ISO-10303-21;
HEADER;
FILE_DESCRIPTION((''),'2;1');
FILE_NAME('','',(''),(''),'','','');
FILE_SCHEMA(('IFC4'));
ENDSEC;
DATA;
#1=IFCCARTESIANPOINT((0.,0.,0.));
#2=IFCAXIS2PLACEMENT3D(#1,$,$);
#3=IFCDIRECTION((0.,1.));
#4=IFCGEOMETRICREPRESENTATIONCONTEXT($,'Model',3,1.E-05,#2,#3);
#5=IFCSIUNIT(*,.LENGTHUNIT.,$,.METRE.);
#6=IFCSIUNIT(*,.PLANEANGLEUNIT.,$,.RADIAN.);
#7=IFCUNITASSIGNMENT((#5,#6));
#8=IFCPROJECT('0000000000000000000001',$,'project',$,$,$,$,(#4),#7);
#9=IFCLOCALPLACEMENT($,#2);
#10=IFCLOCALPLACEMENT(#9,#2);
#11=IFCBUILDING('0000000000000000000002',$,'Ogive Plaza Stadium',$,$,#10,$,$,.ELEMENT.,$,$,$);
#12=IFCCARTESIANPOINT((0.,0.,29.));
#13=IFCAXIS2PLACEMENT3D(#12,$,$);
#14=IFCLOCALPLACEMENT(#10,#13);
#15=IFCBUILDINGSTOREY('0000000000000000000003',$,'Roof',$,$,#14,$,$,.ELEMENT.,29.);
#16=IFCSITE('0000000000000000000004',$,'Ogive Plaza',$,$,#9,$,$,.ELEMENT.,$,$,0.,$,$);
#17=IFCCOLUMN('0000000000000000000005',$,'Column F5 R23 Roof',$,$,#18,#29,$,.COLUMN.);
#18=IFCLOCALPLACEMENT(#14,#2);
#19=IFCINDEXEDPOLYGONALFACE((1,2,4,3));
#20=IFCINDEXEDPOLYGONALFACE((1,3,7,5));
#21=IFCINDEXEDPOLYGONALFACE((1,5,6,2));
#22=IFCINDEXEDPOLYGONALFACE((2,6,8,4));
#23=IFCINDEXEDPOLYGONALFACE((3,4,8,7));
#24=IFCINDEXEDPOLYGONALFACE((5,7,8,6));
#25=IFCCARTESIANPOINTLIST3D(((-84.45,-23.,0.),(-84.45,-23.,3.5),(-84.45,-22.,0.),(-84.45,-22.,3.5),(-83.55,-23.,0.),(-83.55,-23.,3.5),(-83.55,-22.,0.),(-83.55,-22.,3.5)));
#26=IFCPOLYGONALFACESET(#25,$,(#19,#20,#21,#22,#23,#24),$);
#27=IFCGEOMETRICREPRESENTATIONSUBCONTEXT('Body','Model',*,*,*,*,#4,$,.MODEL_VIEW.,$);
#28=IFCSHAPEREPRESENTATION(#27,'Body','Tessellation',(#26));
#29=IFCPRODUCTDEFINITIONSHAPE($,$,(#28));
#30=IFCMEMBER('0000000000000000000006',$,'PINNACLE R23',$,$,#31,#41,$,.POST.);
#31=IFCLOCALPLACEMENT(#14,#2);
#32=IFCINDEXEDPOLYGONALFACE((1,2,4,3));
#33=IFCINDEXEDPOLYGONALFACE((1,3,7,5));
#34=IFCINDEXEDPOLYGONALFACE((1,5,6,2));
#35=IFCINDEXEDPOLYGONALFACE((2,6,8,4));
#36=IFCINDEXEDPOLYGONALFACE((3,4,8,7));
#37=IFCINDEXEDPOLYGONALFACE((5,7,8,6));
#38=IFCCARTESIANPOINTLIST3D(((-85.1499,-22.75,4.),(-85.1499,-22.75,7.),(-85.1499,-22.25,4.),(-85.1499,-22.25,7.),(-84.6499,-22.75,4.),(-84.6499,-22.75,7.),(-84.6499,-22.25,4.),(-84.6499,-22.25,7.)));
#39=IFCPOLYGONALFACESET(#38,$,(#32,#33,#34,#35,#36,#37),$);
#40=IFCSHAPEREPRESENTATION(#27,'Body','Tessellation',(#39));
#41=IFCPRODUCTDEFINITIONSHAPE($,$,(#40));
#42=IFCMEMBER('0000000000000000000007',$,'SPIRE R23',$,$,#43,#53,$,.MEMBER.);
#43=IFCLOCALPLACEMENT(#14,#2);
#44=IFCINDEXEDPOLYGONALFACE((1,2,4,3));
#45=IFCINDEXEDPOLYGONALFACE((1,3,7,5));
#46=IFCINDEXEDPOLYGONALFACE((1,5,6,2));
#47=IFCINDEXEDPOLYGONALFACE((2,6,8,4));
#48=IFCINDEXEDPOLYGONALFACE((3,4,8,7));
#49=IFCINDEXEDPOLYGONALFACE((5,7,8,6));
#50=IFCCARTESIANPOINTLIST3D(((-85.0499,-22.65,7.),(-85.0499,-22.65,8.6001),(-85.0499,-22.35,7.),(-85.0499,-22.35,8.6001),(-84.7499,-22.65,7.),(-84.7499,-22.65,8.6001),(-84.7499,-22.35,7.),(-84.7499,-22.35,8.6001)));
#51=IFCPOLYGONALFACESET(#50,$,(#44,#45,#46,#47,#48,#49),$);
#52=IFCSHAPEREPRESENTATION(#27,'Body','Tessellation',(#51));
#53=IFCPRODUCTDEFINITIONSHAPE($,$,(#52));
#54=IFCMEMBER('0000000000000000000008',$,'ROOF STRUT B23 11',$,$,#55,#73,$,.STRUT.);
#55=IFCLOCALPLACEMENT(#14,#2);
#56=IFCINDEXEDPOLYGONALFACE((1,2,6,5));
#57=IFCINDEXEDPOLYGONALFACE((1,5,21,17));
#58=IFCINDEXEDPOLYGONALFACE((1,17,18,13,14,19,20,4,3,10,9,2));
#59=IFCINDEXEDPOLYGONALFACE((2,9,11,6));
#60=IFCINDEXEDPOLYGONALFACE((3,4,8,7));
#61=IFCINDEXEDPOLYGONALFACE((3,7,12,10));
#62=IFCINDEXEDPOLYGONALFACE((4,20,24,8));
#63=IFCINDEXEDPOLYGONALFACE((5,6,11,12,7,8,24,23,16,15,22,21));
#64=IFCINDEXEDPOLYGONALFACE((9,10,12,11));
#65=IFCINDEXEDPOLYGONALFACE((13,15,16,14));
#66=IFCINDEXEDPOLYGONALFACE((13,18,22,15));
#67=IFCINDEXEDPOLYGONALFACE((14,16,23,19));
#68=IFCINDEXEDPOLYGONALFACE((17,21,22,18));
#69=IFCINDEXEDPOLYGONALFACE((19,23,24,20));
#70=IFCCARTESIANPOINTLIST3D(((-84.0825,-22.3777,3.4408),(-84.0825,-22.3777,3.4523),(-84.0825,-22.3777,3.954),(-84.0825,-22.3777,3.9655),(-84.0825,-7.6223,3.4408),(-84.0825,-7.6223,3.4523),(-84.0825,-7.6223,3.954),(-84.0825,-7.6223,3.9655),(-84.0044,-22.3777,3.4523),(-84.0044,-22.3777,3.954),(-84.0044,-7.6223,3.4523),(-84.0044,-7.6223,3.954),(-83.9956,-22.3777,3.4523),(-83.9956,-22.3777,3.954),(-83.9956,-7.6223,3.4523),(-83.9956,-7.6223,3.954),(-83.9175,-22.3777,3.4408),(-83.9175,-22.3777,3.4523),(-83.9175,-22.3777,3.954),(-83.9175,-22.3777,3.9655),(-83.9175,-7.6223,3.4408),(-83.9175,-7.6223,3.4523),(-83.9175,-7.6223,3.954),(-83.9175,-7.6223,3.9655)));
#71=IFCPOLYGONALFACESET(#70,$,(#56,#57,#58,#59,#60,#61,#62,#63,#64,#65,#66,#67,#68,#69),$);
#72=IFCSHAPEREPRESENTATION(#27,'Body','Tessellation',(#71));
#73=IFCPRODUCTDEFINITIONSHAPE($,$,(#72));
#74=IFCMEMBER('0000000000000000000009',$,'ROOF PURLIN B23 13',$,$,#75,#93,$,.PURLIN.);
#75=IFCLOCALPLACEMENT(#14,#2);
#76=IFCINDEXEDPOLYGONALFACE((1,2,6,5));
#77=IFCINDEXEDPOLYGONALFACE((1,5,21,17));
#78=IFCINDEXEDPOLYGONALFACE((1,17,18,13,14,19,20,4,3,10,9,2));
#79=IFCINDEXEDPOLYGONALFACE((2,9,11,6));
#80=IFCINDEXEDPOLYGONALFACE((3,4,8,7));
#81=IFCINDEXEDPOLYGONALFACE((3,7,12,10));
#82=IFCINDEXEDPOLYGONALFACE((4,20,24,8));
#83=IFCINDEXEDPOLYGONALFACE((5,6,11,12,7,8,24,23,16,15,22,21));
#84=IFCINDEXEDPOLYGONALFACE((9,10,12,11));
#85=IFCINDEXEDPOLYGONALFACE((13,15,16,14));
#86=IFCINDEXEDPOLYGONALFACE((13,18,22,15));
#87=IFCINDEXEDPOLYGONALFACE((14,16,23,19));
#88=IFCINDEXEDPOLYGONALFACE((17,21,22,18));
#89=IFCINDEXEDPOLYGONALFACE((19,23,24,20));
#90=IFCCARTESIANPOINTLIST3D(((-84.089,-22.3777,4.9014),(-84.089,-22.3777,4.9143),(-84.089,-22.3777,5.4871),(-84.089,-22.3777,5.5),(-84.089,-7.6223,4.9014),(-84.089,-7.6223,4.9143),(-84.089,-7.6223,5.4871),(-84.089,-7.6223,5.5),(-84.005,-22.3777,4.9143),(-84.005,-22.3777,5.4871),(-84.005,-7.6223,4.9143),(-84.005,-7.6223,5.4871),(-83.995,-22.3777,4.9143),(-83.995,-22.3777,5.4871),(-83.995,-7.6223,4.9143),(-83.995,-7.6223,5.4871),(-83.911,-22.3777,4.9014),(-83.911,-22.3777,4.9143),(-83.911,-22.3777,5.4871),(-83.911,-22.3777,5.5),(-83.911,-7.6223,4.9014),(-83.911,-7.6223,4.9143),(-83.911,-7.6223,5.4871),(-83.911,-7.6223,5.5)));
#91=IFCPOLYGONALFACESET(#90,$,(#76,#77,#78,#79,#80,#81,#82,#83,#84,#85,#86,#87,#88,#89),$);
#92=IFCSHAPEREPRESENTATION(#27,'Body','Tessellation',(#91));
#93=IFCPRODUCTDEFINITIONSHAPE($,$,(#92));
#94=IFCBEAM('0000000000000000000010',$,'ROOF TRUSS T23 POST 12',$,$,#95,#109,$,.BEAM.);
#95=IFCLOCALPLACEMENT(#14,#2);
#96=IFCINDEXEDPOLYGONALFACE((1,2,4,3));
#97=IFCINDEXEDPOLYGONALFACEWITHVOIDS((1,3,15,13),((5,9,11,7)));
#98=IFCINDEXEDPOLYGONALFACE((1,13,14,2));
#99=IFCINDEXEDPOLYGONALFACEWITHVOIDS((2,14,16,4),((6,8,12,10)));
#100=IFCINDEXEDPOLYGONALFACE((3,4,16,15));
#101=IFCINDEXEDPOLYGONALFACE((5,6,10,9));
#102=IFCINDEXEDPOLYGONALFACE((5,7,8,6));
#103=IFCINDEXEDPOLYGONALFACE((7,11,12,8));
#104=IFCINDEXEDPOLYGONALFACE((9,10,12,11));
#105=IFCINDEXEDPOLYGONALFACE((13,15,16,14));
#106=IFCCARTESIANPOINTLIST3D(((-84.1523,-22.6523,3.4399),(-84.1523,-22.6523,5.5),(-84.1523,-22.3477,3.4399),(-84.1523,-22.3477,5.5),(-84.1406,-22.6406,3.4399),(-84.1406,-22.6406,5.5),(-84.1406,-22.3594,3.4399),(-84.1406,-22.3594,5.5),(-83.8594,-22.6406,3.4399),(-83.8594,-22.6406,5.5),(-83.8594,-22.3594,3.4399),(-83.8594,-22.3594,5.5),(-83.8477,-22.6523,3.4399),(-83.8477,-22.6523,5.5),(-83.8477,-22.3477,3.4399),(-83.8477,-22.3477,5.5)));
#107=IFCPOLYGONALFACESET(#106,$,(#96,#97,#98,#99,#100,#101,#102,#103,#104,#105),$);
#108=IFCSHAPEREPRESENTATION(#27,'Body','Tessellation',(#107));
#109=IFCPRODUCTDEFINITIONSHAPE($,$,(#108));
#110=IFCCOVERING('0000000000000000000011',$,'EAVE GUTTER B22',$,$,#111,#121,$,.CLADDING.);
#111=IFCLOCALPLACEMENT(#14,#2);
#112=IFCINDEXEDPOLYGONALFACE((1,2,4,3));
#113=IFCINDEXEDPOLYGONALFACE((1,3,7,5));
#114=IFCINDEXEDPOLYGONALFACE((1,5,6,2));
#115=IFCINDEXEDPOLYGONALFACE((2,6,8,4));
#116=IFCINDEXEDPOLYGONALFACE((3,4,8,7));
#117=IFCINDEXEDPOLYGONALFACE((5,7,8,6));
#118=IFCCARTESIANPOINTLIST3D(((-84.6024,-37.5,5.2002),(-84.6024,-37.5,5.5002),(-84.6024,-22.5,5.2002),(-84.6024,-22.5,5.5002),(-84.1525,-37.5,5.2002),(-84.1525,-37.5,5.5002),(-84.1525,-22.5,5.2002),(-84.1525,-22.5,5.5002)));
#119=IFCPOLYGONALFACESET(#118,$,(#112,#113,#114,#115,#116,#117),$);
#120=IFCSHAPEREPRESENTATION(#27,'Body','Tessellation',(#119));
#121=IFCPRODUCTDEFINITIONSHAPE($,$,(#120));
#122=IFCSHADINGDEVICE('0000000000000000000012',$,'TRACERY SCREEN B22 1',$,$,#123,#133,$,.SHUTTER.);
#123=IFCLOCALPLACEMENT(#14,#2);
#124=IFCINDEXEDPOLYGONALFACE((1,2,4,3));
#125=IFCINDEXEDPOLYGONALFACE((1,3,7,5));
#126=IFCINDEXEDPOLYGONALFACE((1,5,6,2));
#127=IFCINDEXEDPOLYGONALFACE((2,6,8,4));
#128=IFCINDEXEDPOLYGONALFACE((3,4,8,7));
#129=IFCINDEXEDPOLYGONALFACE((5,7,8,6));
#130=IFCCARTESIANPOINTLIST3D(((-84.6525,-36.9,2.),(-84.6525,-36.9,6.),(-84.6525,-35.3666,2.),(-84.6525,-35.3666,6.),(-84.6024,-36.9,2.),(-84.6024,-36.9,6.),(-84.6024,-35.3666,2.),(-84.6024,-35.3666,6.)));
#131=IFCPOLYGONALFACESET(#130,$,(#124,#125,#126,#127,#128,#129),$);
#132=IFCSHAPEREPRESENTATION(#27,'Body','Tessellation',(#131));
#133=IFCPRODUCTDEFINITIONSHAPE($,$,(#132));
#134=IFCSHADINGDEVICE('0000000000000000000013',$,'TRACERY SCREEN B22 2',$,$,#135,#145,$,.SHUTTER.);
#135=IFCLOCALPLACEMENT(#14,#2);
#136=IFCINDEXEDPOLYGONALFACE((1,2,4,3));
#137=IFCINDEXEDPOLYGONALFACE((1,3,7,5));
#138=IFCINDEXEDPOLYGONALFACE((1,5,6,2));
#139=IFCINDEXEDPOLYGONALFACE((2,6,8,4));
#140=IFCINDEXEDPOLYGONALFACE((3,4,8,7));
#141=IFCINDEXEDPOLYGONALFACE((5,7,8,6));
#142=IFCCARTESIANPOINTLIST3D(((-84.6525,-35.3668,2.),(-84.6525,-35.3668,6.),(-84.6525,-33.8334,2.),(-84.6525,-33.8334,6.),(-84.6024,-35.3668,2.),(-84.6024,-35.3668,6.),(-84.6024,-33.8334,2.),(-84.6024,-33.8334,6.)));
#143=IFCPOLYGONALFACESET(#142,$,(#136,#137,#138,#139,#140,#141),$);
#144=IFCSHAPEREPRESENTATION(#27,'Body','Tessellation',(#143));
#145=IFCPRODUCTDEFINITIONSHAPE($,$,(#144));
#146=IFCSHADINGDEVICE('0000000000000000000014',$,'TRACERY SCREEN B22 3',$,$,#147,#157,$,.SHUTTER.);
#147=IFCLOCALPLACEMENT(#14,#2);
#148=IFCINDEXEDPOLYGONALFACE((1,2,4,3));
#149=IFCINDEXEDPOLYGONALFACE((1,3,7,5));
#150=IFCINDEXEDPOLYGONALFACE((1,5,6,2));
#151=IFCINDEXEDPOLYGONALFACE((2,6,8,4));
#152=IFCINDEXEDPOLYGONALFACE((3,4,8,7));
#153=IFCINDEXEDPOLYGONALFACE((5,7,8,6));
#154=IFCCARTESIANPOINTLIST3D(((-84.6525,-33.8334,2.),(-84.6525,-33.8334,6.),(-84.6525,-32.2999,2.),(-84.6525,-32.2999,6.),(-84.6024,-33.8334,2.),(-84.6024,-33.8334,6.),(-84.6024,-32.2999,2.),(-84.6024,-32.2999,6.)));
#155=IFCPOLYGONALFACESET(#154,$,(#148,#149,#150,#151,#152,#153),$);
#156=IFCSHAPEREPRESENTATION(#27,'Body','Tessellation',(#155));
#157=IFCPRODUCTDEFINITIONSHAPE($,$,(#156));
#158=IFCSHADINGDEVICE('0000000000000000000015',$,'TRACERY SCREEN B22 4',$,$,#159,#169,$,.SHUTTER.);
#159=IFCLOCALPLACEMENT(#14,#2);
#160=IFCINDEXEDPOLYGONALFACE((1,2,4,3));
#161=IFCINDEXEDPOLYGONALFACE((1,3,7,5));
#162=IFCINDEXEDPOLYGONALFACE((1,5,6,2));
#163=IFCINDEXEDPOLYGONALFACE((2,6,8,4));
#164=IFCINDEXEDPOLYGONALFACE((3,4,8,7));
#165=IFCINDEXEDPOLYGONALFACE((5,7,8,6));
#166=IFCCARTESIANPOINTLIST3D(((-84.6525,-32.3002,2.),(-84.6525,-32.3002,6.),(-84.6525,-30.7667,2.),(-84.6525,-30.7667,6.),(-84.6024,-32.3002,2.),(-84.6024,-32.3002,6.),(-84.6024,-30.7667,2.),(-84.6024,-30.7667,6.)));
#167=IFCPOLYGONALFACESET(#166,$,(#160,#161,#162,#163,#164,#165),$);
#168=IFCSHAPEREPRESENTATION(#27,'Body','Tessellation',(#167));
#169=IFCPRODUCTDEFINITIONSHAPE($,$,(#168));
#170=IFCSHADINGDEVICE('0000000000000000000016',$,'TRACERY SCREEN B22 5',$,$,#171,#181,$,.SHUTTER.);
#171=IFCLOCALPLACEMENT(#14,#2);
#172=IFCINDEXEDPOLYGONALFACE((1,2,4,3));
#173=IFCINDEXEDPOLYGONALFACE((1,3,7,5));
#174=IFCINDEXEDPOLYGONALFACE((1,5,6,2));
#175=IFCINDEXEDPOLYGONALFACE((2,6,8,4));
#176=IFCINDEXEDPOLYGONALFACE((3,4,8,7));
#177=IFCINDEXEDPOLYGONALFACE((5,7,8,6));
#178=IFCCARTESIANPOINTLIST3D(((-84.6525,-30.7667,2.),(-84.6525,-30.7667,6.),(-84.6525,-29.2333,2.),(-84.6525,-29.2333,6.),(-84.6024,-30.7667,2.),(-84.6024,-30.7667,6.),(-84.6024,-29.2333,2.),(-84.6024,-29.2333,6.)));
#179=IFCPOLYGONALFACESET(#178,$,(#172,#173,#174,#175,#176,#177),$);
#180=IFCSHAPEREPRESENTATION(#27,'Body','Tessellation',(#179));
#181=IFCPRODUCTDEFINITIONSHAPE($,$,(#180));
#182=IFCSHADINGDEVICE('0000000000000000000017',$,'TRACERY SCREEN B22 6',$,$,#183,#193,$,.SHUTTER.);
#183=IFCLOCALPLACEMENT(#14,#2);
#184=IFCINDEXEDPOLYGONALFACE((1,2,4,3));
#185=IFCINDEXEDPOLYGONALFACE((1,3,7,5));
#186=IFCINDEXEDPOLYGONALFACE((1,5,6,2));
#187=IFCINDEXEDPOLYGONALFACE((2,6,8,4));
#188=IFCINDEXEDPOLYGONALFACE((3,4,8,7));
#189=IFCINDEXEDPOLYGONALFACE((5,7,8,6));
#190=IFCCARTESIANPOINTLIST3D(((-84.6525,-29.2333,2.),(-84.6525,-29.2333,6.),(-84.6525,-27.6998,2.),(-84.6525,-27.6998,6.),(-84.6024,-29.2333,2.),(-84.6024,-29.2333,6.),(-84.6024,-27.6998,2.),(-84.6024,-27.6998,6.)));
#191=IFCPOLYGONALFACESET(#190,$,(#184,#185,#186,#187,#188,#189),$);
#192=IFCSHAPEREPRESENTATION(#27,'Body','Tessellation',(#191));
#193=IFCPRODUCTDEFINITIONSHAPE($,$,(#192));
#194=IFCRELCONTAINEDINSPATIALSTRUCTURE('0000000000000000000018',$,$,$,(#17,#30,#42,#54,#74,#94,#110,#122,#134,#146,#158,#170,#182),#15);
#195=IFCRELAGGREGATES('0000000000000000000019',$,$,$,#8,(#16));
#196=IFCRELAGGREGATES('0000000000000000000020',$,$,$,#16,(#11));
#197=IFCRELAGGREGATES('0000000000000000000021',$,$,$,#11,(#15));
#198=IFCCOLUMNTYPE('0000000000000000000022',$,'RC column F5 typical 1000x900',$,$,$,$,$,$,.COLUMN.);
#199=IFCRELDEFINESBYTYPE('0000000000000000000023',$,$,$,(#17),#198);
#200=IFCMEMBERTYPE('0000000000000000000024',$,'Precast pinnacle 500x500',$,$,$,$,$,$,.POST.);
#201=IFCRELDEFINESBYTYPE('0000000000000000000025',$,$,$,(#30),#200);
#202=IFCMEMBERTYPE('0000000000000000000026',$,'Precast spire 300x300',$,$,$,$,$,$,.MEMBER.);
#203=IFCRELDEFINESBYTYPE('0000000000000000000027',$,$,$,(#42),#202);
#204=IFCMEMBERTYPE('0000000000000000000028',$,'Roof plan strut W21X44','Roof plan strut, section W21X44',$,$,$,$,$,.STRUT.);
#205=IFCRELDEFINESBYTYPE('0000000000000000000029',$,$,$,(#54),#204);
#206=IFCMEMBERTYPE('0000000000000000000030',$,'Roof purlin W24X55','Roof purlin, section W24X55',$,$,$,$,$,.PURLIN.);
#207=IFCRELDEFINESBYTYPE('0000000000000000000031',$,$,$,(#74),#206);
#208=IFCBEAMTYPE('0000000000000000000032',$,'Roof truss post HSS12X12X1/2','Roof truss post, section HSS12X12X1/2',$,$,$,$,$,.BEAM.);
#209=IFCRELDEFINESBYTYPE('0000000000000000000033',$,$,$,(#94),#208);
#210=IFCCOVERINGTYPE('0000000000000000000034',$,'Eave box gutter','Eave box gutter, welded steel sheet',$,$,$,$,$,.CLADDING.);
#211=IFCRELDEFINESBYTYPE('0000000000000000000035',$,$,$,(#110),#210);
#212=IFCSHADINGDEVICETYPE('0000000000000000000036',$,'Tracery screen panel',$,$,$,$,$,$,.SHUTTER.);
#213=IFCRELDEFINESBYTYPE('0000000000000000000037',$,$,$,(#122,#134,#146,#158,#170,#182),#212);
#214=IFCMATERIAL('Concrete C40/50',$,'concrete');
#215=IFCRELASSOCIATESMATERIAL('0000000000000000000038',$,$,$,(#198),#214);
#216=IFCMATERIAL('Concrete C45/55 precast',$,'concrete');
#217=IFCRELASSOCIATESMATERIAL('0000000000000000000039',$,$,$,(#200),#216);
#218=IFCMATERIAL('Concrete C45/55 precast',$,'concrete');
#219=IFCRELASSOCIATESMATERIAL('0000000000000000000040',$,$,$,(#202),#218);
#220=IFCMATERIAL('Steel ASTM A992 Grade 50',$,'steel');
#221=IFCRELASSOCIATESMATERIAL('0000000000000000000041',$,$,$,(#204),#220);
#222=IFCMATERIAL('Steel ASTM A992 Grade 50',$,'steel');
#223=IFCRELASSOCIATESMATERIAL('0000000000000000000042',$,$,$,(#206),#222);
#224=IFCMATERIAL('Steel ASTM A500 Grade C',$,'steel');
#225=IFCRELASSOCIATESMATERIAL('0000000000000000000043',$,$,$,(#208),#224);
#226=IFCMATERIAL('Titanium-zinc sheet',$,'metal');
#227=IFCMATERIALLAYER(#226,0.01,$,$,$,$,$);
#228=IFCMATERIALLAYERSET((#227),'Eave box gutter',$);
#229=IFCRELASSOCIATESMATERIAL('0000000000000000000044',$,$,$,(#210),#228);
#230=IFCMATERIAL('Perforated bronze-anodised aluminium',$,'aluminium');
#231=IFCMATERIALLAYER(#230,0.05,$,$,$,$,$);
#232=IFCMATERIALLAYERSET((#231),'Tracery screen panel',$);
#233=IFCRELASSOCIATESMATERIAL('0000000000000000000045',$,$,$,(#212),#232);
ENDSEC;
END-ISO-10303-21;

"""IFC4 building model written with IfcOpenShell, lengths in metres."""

from ifc_helpers import new_model, si_unit, direction, frame, origin, origin_2d, place, context, subcontext, project, spatial, rectangle, hollow_rectangle, i_section, extrude, material, layer, layer_set, material_profile, profile_set, type_object, element, save


model = new_model("IFC4")

# Units and contexts
model_context = context("Model", 3, precision=1e-05, world=origin(), true_north=direction((0.0, 1.0)))
body_context = subcontext(model_context, "Body", "Model", "MODEL_VIEW")
ifc_project = project(units=[si_unit("LENGTHUNIT", "METRE"), si_unit("PLANEANGLEUNIT", "RADIAN")], contexts=[model_context])

# Site, building, storey
site_placement = place(None, origin())
site = spatial("IfcSite", under=ifc_project, at=site_placement, Name="Ogive Plaza", CompositionType="ELEMENT", RefElevation=0.0)
building_placement = place(site_placement, origin())
building = spatial("IfcBuilding", under=site, at=building_placement, Name="Ogive Plaza Stadium", CompositionType="ELEMENT")
storey_placement = place(building_placement, frame((0.0, 0.0, 29.0)))
storey = spatial("IfcBuildingStorey", under=building, at=storey_placement, Name="Roof", CompositionType="ELEMENT", Elevation=29.0)

# Column
ifc_material_1 = material(Name="Concrete C40/50", Category="concrete")
ifc_material_profile_1 = material_profile(ifc_material_1, rectangle(XDim=1.0, YDim=0.8999, at=origin_2d()), Name="RC 1000x900")
ifc_profile_set_1 = profile_set([ifc_material_profile_1], Name="Concrete C40/50")
column_type = type_object("IfcColumnType", Name="RC column F5 typical 1000x900", PredefinedType="COLUMN", material=ifc_profile_set_1)
column_placement = place(storey_placement, frame((-84.0, -22.5, 0.0), z_axis=(0.0, 0.0, 1.0), x_axis=(0.0, -1.0, 0.0)))
element("IfcColumn", 1, at=column_placement, inside=storey, type_object=column_type, Name="Column F5 R23 Roof", PredefinedType="COLUMN", context=body_context, shape_type="SweptSolid", body=[
    extrude(rectangle(XDim=1.0, YDim=0.8999, at=origin_2d()), origin(), (0.0, 0.0, 1.0), 3.5),
])

# Members
ifc_material_2 = material(Name="Concrete C45/55 precast", Category="concrete")
ifc_material_profile_2 = material_profile(ifc_material_2, rectangle(XDim=0.5, YDim=0.5, at=origin_2d()), Name="RC 500x500")
ifc_profile_set_2 = profile_set([ifc_material_profile_2], Name="Concrete C45/55 precast")
member_type_1 = type_object("IfcMemberType", Name="Precast pinnacle 500x500", PredefinedType="POST", material=ifc_profile_set_2)
member_1_placement = place(storey_placement, frame((-84.8999, -22.5, 4.0), z_axis=(0.0, 0.0, 1.0), x_axis=(0.0, -1.0, 0.0)))
element("IfcMember", 2, at=member_1_placement, inside=storey, type_object=member_type_1, Name="PINNACLE R23", PredefinedType="POST", context=body_context, shape_type="SweptSolid", body=[
    extrude(rectangle(XDim=0.5, YDim=0.5, at=origin_2d()), origin(), (0.0, 0.0, 1.0), 3.0),
])
ifc_material_3 = material(Name="Concrete C45/55 precast", Category="concrete")
ifc_material_profile_3 = material_profile(ifc_material_3, rectangle(XDim=0.3, YDim=0.3, at=origin_2d()), Name="RC 300x300")
ifc_profile_set_3 = profile_set([ifc_material_profile_3], Name="Concrete C45/55 precast")
member_type_2 = type_object("IfcMemberType", Name="Precast spire 300x300", PredefinedType="MEMBER", material=ifc_profile_set_3)
member_2_placement = place(storey_placement, frame((-84.8999, -22.5, 7.0), z_axis=(0.0, 0.0, 1.0), x_axis=(0.0, -1.0, 0.0)))
element("IfcMember", 3, at=member_2_placement, inside=storey, type_object=member_type_2, Name="SPIRE R23", PredefinedType="MEMBER", context=body_context, shape_type="SweptSolid", body=[
    extrude(rectangle(XDim=0.3, YDim=0.3, at=origin_2d()), origin(), (0.0, 0.0, 1.0), 1.6001),
])
ifc_material_4 = material(Name="Steel ASTM A992 Grade 50", Category="steel")
ifc_material_profile_4 = material_profile(ifc_material_4, i_section(OverallWidth=0.165, OverallDepth=0.5247, WebThickness=0.0088, FlangeThickness=0.0115, at=origin_2d()), Name="W21X44")
ifc_profile_set_4 = profile_set([ifc_material_profile_4], Name="Steel ASTM A992 Grade 50")
member_type_3 = type_object("IfcMemberType", Name="Roof plan strut W21X44", Description="Roof plan strut, section W21X44", PredefinedType="STRUT", material=ifc_profile_set_4)
member_3_placement = place(storey_placement, frame((-84.0, -22.3777, 3.7031), z_axis=(0.0, 1.0, 0.0), x_axis=(-1.0, 0.0, 0.0)))
element("IfcMember", 4, at=member_3_placement, inside=storey, type_object=member_type_3, Name="ROOF STRUT B23 11", PredefinedType="STRUT", context=body_context, shape_type="SweptSolid", body=[
    extrude(i_section(OverallWidth=0.165, OverallDepth=0.5247, WebThickness=0.0088, FlangeThickness=0.0115, at=origin_2d()), origin(), (0.0, 0.0, 1.0), 14.7554),
])
ifc_material_5 = material(Name="Steel ASTM A992 Grade 50", Category="steel")
ifc_material_profile_5 = material_profile(ifc_material_5, i_section(OverallWidth=0.178, OverallDepth=0.5986, WebThickness=0.01, FlangeThickness=0.0129, at=origin_2d()), Name="W24X55")
ifc_profile_set_5 = profile_set([ifc_material_profile_5], Name="Steel ASTM A992 Grade 50")
member_type_4 = type_object("IfcMemberType", Name="Roof purlin W24X55", Description="Roof purlin, section W24X55", PredefinedType="PURLIN", material=ifc_profile_set_5)
member_4_placement = place(storey_placement, frame((-84.0, -22.3777, 5.2007), z_axis=(0.0, 1.0, 0.0), x_axis=(-1.0, 0.0, 0.0)))
element("IfcMember", 5, at=member_4_placement, inside=storey, type_object=member_type_4, Name="ROOF PURLIN B23 13", PredefinedType="PURLIN", context=body_context, shape_type="SweptSolid", body=[
    extrude(i_section(OverallWidth=0.178, OverallDepth=0.5986, WebThickness=0.01, FlangeThickness=0.0129, at=origin_2d()), origin(), (0.0, 0.0, 1.0), 14.7554),
])

# Beam
ifc_material_6 = material(Name="Steel ASTM A500 Grade C", Category="steel")
ifc_material_profile_6 = material_profile(ifc_material_6, hollow_rectangle(XDim=0.3047, YDim=0.3047, WallThickness=0.0117, at=origin_2d()), Name="HSS12X12X1/2")
ifc_profile_set_6 = profile_set([ifc_material_profile_6], Name="Steel ASTM A500 Grade C")
beam_type = type_object("IfcBeamType", Name="Roof truss post HSS12X12X1/2", Description="Roof truss post, section HSS12X12X1/2", PredefinedType="BEAM", material=ifc_profile_set_6)
beam_placement = place(storey_placement, frame((-84.0, -22.5, 3.4399), z_axis=(0.0, 0.0, 1.0), x_axis=(0.0, -1.0, 0.0)))
element("IfcBeam", 6, at=beam_placement, inside=storey, type_object=beam_type, Name="ROOF TRUSS T23 POST 12", PredefinedType="BEAM", context=body_context, shape_type="SweptSolid", body=[
    extrude(hollow_rectangle(XDim=0.3047, YDim=0.3047, WallThickness=0.0117, at=origin_2d()), origin(), (0.0, 0.0, 1.0), 2.0601),
])

# Covering
ifc_material_7 = material(Name="Titanium-zinc sheet", Category="metal")
ifc_layer_1 = layer(ifc_material_7, 0.01)
ifc_layer_set_1 = layer_set([ifc_layer_1], Name="Eave box gutter")
covering_type = type_object("IfcCoveringType", Name="Eave box gutter", Description="Eave box gutter, welded steel sheet", PredefinedType="CLADDING", material=ifc_layer_set_1)
covering_placement = place(storey_placement, frame((-84.3774, -30.0, 5.2002), z_axis=(0.0, 0.0, 1.0), x_axis=(0.0, 1.0, 0.0)))
element("IfcCovering", 7, at=covering_placement, inside=storey, type_object=covering_type, Name="EAVE GUTTER B22", PredefinedType="CLADDING", context=body_context, shape_type="SweptSolid", body=[
    extrude(rectangle(XDim=15.0, YDim=0.45, at=origin_2d()), origin(), (0.0, 0.0, 1.0), 0.3),
])

# Shading devices
ifc_material_8 = material(Name="Perforated bronze-anodised aluminium", Category="aluminium")
ifc_layer_2 = layer(ifc_material_8, 0.05)
ifc_layer_set_2 = layer_set([ifc_layer_2], Name="Tracery screen panel")
shading_device_type = type_object("IfcShadingDeviceType", Name="Tracery screen panel", PredefinedType="SHUTTER", material=ifc_layer_set_2)
for number, where, z_axis, x_axis, name in (
    (8, (-84.6274, -36.1333, 2.0), (0.0, 0.0, 1.0), (0.0, 1.0, 0.0), "TRACERY SCREEN B22 1"),
    (9, (-84.6274, -34.6001, 2.0), (0.0, 0.0, 1.0), (0.0, 1.0, 0.0), "TRACERY SCREEN B22 2"),
    (10, (-84.6274, -33.0667, 2.0), (0.0, 0.0, 1.0), (0.0, 1.0, 0.0), "TRACERY SCREEN B22 3"),
    (11, (-84.6274, -31.5334, 2.0), (0.0, 0.0, 1.0), (0.0, 1.0, 0.0), "TRACERY SCREEN B22 4"),
    (12, (-84.6274, -30.0, 2.0), (0.0, 0.0, 1.0), (0.0, 1.0, 0.0), "TRACERY SCREEN B22 5"),
    (13, (-84.6274, -28.4666, 2.0), (0.0, 0.0, 1.0), (0.0, 1.0, 0.0), "TRACERY SCREEN B22 6"),
):
    element("IfcShadingDevice", number, at=place(storey_placement, frame(where, z_axis=z_axis, x_axis=x_axis)), inside=storey, type_object=shading_device_type, Name=name, PredefinedType="SHUTTER", context=body_context, shape_type="SweptSolid", body=[
        extrude(rectangle(XDim=1.5334, YDim=0.05, at=origin_2d()), origin(), (0.0, 0.0, 1.0), 4.0),
    ])

save(model, "model.ifc")
